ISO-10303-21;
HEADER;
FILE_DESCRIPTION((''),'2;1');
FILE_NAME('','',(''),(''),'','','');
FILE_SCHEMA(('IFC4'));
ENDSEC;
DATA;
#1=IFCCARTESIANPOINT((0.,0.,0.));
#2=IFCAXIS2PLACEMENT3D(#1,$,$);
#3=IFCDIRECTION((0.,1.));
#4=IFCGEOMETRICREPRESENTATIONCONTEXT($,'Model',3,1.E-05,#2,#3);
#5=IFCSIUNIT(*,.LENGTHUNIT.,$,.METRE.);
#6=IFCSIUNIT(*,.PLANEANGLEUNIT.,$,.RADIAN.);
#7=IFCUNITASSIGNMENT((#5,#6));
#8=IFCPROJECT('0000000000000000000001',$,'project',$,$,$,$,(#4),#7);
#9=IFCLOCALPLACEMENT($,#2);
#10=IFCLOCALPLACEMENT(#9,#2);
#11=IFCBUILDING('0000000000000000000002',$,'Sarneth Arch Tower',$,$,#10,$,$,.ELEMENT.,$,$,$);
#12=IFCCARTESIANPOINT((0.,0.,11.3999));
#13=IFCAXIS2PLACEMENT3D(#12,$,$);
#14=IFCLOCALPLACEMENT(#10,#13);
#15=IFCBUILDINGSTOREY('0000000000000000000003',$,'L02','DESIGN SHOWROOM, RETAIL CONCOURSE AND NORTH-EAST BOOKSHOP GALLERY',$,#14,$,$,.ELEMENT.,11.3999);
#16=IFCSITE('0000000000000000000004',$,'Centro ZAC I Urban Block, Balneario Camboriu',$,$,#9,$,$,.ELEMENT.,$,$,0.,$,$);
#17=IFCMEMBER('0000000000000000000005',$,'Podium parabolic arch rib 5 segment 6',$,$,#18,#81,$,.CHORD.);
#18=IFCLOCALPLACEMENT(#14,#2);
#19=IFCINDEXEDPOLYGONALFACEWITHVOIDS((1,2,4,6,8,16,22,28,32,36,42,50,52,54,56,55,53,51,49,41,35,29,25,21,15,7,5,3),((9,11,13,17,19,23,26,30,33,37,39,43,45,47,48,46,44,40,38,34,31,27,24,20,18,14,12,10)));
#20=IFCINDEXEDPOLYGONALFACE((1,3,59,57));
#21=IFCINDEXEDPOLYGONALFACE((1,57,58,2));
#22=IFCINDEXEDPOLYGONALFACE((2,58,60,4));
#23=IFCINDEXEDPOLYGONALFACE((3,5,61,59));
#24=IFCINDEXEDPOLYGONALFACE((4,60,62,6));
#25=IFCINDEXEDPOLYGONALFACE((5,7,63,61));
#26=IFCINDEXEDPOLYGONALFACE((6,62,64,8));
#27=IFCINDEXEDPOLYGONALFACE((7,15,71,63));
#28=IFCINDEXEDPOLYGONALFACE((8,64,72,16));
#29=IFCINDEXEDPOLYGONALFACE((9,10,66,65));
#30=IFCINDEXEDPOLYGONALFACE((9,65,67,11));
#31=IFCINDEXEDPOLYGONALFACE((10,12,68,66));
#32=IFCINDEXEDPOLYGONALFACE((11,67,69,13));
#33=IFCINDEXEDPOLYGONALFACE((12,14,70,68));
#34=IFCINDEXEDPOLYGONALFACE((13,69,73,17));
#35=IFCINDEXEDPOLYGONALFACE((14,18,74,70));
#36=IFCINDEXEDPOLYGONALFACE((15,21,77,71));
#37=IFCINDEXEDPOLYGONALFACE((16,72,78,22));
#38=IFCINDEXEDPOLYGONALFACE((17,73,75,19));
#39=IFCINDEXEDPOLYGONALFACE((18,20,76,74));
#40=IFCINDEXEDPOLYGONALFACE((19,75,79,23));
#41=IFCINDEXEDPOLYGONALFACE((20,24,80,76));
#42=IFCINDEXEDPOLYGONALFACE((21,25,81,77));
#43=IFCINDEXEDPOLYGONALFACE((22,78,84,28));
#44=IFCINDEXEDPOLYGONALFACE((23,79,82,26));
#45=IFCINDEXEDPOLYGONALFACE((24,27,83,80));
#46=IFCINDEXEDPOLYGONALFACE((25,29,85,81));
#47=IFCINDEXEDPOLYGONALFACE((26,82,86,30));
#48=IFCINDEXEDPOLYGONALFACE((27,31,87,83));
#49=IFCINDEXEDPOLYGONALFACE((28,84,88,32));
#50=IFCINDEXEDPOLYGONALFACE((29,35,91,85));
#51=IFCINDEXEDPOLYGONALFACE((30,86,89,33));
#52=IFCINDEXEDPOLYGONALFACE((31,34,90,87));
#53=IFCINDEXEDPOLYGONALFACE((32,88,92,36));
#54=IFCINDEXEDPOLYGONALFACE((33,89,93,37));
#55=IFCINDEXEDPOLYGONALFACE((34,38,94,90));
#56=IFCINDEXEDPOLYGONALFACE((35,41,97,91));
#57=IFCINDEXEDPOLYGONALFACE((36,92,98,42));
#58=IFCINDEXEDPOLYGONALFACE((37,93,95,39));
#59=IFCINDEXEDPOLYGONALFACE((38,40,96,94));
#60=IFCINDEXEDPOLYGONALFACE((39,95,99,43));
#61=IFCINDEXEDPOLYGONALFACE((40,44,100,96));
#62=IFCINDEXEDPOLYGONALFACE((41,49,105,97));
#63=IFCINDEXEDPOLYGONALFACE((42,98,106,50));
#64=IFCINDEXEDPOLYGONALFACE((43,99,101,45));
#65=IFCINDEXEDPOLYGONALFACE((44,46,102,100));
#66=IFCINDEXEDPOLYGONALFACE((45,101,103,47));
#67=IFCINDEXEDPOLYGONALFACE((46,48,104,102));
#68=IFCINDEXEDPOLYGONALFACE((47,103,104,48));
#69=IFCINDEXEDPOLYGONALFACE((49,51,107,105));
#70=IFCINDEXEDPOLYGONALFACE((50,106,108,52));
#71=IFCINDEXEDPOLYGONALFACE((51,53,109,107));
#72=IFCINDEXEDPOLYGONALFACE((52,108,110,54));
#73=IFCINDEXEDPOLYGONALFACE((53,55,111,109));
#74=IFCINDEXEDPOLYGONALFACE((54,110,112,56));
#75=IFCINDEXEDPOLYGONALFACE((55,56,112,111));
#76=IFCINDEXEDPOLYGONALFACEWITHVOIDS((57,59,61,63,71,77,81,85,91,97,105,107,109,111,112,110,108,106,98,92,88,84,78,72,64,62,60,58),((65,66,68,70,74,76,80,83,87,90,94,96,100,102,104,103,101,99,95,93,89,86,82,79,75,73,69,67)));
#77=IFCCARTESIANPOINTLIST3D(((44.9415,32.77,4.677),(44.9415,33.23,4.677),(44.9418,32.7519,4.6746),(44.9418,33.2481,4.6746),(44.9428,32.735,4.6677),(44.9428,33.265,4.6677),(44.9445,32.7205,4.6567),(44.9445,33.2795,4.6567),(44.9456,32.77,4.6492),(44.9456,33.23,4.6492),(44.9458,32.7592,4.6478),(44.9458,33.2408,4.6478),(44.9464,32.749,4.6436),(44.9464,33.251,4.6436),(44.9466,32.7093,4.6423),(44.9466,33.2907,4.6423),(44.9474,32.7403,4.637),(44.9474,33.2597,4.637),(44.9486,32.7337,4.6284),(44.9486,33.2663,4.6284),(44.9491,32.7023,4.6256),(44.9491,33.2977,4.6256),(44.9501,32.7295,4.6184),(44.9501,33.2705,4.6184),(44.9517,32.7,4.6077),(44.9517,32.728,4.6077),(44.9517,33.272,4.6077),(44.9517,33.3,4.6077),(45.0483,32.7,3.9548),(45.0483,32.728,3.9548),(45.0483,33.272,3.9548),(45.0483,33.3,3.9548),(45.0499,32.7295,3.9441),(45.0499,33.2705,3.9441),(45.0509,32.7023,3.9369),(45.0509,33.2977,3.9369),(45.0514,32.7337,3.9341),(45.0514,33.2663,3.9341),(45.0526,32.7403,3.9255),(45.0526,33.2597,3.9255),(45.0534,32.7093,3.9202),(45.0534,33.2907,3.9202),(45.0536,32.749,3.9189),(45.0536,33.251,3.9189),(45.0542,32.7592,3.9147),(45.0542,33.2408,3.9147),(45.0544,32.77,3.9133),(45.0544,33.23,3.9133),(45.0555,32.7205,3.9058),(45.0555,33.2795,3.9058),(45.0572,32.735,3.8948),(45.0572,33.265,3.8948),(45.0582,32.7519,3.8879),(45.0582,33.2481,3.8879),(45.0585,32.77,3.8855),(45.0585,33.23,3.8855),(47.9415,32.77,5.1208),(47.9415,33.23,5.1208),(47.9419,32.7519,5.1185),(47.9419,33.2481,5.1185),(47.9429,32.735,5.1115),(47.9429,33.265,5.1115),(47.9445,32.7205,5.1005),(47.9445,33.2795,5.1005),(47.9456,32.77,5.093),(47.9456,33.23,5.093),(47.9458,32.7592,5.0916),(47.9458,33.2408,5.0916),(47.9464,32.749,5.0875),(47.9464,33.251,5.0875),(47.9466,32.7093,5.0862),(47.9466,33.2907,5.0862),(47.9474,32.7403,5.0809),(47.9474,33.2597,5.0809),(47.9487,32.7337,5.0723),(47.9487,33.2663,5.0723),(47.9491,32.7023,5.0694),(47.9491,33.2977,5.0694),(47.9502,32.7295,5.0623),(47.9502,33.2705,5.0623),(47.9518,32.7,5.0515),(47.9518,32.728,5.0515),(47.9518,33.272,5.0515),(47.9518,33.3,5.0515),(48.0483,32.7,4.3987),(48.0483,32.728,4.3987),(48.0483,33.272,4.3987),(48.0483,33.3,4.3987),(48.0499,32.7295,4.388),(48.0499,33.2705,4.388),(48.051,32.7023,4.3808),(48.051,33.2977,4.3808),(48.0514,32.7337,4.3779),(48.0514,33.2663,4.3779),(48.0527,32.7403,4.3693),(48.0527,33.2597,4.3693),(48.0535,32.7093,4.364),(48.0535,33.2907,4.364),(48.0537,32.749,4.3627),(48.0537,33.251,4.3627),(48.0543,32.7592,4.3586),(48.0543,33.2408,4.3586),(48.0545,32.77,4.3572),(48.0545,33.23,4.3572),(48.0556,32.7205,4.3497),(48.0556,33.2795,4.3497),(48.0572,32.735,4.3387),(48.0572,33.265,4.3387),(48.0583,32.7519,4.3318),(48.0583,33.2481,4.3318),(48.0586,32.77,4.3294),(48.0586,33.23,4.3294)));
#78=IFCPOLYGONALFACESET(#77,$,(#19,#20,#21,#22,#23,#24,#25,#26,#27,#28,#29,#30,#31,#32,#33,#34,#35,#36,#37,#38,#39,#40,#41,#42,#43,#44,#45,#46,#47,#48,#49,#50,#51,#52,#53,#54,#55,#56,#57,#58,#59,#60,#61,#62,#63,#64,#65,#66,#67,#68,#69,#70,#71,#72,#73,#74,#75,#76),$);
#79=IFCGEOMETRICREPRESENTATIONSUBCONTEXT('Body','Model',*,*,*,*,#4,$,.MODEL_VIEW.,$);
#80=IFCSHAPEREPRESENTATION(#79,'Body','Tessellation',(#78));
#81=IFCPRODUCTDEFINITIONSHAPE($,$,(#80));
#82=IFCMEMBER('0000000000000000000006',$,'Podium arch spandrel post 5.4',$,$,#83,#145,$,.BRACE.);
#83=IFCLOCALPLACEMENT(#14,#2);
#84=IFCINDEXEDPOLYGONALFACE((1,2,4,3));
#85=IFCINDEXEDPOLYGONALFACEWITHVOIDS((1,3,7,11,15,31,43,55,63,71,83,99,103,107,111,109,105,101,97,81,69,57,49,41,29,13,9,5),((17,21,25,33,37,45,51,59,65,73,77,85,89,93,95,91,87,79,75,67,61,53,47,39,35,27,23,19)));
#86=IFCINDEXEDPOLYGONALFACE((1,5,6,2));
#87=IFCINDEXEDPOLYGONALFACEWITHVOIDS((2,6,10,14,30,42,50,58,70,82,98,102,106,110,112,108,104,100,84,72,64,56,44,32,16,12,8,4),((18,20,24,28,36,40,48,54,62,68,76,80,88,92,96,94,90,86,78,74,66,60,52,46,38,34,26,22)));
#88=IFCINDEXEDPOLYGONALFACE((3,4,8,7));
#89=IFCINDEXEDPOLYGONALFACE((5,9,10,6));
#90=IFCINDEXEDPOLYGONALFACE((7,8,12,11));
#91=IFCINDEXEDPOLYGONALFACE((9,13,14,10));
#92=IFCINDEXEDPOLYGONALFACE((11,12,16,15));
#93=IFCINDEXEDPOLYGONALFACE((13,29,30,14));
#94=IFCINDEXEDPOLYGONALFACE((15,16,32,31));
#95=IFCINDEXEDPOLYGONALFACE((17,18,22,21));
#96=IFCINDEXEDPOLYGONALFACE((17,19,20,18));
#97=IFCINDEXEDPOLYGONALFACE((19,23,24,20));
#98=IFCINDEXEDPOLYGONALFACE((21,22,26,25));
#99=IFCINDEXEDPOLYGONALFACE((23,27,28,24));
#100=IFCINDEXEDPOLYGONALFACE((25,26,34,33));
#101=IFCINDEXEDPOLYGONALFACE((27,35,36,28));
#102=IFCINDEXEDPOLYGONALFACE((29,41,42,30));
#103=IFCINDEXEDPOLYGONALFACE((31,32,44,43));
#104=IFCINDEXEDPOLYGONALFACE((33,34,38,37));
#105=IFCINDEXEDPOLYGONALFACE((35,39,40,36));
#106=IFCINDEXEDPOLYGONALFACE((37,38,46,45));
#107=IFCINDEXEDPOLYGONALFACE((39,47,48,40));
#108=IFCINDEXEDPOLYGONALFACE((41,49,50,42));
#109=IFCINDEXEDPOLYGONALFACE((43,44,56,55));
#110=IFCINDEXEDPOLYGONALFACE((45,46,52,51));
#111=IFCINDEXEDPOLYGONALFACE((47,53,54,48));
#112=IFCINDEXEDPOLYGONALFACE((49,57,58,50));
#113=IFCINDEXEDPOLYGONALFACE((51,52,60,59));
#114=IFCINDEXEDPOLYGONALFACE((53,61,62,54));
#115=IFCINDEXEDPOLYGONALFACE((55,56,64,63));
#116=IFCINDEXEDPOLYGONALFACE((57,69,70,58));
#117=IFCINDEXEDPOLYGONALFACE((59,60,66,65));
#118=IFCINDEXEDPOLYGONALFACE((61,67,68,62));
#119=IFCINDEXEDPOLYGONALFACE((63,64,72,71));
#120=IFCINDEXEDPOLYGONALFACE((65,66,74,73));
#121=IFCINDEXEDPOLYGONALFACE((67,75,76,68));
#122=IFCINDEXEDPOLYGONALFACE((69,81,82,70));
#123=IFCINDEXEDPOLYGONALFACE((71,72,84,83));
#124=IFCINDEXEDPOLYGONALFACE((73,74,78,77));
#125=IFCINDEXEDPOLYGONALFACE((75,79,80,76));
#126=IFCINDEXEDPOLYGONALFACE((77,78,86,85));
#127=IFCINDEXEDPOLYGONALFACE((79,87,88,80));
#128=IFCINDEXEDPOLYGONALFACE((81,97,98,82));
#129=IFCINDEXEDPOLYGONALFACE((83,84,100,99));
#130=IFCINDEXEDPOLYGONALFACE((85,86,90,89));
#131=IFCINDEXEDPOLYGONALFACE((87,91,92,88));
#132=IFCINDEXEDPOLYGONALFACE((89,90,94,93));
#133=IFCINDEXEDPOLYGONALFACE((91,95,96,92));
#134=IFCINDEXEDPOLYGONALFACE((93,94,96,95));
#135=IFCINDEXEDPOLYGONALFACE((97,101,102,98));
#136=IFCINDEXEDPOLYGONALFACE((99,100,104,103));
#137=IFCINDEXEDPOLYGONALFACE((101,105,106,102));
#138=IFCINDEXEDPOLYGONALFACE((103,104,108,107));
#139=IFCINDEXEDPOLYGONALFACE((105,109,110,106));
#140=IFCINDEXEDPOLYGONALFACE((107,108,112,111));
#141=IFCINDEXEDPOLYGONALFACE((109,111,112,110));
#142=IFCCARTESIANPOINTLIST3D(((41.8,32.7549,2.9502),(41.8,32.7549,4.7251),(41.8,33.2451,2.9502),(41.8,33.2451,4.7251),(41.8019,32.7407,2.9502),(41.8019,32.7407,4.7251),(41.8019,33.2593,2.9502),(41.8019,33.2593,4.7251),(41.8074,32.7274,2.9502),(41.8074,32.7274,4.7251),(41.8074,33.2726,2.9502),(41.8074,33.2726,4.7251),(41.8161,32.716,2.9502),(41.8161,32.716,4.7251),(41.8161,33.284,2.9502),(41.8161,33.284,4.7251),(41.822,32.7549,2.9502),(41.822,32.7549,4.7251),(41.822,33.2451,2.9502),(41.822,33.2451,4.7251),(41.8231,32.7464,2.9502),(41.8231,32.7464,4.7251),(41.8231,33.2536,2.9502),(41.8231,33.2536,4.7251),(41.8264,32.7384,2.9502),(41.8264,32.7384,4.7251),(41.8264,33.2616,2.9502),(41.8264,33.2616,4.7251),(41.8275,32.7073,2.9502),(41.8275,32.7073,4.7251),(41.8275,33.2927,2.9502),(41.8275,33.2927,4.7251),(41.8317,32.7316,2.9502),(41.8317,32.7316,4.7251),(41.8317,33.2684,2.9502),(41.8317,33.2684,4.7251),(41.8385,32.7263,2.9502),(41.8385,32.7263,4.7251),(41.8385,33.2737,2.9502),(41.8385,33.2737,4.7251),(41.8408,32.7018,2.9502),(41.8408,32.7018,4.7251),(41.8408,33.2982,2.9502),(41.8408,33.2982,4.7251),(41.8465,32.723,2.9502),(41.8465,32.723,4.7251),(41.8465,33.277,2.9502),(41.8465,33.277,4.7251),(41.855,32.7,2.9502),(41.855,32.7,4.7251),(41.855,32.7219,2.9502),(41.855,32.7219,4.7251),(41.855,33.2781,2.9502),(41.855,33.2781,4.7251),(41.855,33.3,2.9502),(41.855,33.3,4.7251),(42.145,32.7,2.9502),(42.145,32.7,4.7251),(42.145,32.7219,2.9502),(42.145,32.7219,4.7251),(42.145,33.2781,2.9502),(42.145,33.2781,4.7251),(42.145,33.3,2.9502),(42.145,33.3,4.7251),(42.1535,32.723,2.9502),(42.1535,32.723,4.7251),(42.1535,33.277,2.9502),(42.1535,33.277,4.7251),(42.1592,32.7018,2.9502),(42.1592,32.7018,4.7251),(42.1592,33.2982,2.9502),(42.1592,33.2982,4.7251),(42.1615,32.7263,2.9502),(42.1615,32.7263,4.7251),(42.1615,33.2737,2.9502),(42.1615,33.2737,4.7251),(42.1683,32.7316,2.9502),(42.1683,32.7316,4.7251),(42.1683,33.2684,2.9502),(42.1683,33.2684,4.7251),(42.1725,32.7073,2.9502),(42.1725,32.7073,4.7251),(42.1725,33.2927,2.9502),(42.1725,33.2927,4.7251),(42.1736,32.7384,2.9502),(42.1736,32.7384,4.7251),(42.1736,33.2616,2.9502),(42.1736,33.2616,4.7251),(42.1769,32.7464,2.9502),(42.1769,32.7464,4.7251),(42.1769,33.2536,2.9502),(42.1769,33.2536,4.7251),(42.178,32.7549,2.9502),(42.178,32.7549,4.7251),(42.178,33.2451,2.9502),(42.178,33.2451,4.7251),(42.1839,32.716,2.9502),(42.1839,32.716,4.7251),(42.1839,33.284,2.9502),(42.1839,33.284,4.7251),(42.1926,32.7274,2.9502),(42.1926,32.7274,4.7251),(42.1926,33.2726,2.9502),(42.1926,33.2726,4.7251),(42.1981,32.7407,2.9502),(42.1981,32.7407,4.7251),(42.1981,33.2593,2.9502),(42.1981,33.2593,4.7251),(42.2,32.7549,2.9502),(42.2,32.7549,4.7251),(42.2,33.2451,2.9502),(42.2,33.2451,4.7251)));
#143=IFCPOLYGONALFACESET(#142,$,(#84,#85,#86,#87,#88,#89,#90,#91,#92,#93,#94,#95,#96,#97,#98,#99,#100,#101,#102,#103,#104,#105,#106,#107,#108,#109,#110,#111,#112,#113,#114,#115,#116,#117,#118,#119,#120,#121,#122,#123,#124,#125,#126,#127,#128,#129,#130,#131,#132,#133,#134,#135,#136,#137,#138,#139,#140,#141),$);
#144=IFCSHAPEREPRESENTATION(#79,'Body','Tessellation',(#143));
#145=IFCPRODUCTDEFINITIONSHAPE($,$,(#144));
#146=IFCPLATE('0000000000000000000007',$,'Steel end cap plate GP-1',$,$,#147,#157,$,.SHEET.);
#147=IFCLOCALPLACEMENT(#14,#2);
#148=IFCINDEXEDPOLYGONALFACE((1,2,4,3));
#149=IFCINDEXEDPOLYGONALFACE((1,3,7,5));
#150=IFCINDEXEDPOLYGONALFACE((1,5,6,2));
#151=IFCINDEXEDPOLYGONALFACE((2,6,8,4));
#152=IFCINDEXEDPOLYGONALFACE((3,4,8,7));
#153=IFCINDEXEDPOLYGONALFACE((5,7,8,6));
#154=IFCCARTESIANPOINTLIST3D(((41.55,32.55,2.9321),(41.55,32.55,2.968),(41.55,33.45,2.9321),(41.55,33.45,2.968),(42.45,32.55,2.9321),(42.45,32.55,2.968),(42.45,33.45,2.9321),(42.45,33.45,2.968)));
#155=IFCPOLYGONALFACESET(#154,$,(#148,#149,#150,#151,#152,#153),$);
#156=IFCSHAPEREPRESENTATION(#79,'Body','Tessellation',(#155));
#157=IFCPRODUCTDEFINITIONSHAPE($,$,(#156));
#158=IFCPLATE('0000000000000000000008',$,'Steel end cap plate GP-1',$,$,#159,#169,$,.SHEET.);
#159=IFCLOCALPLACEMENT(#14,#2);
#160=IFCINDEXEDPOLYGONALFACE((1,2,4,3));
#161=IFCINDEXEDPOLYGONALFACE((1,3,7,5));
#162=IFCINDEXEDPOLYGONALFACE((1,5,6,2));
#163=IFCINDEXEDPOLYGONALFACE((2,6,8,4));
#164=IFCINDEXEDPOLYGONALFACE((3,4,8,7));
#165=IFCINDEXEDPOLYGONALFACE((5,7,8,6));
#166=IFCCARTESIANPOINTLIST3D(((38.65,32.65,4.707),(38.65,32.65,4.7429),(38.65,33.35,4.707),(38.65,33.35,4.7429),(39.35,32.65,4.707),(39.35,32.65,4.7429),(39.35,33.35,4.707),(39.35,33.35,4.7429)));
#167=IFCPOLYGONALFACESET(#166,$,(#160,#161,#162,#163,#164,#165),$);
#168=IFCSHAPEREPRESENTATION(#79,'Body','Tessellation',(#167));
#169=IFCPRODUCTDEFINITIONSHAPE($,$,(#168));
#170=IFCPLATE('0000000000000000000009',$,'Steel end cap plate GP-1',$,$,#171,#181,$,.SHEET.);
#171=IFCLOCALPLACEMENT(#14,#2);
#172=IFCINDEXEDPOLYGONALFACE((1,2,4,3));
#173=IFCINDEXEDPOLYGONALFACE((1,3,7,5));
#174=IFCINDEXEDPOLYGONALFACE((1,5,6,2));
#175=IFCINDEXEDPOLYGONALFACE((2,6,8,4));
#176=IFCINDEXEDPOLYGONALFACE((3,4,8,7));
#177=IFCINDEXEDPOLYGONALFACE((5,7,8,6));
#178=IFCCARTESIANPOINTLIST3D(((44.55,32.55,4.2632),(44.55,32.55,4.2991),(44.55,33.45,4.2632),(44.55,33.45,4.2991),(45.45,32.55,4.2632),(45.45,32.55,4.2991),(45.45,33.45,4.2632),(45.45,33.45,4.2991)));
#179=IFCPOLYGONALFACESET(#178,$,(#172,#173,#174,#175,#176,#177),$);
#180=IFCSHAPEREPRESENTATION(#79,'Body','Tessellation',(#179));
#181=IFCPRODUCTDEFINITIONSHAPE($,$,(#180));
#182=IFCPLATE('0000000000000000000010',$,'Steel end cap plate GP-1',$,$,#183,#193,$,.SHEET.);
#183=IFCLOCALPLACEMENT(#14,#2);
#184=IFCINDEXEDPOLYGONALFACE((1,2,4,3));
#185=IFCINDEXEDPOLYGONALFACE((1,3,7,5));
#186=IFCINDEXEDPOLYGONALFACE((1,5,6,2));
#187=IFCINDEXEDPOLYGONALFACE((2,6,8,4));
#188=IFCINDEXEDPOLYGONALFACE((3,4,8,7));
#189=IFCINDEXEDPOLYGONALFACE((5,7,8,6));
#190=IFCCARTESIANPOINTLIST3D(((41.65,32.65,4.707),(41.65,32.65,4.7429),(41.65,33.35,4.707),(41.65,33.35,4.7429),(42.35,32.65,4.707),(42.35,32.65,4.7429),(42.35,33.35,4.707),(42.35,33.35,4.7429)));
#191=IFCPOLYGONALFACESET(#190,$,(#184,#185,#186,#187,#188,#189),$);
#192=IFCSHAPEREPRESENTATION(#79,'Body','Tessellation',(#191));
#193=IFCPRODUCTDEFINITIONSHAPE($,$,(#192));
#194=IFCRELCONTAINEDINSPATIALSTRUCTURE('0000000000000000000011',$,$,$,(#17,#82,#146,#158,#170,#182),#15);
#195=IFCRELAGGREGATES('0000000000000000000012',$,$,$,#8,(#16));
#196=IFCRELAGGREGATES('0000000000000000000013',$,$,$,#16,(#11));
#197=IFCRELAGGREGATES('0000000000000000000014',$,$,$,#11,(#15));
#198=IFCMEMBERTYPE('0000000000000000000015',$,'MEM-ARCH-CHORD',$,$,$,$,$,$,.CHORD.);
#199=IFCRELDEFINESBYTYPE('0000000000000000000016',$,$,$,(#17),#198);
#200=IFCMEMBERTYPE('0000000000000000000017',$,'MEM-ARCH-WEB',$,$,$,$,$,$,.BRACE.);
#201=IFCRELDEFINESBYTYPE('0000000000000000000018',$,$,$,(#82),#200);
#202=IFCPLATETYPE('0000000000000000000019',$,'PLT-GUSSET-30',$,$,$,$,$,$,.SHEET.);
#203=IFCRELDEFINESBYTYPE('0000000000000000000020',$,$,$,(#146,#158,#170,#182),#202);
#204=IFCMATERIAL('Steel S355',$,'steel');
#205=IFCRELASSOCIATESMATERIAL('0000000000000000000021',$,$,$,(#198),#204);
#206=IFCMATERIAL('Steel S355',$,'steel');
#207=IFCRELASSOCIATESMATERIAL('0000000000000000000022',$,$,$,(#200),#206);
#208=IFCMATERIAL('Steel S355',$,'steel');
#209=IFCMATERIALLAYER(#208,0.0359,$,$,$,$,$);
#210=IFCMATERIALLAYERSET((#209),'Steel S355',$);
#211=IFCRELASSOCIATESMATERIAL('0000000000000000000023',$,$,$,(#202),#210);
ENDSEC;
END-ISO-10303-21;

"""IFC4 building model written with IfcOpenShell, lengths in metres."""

from ifc_helpers import new_model, si_unit, direction, frame, origin, origin_2d, place, context, subcontext, project, spatial, rectangle, hollow_rectangle, extrude, material, layer, layer_set, material_profile, profile_set, type_object, element, save


model = new_model("IFC4")

# Units and contexts
model_context = context("Model", 3, precision=1e-05, world=origin(), true_north=direction((0.0, 1.0)))
body_context = subcontext(model_context, "Body", "Model", "MODEL_VIEW")
ifc_project = project(units=[si_unit("LENGTHUNIT", "METRE"), si_unit("PLANEANGLEUNIT", "RADIAN")], contexts=[model_context])

# Site, building, storey
site_placement = place(None, origin())
site = spatial("IfcSite", under=ifc_project, at=site_placement, Name="Centro ZAC I Urban Block, Balneario Camboriu", CompositionType="ELEMENT", RefElevation=0.0)
building_placement = place(site_placement, origin())
building = spatial("IfcBuilding", under=site, at=building_placement, Name="Sarneth Arch Tower", CompositionType="ELEMENT")
storey_placement = place(building_placement, frame((0.0, 0.0, 11.3999)))
storey = spatial("IfcBuildingStorey", under=building, at=storey_placement, Name="L02", Description="DESIGN SHOWROOM, RETAIL CONCOURSE AND NORTH-EAST BOOKSHOP GALLERY", CompositionType="ELEMENT", Elevation=11.3999)

# Members
ifc_material_1 = material(Name="Steel S355", Category="steel")
ifc_material_profile_1 = material_profile(ifc_material_1, hollow_rectangle(XDim=0.6001, YDim=0.8, WallThickness=0.0281, InnerFilletRadius=0.042, OuterFilletRadius=0.0701, at=origin_2d()), Name="RHS800x600x28")
ifc_profile_set_1 = profile_set([ifc_material_profile_1], Name="Steel S355")
member_type_1 = type_object("IfcMemberType", Name="MEM-ARCH-CHORD", PredefinedType="CHORD", material=ifc_profile_set_1)
member_1_placement = place(storey_placement, frame((45.0, 33.0, 4.2812), z_axis=(0.989232, 0.0, 0.146356), x_axis=(0.0, 1.0, 0.0)))
element("IfcMember", 1, at=member_1_placement, inside=storey, type_object=member_type_1, Name="Podium parabolic arch rib 5 segment 6", PredefinedType="CHORD", context=body_context, shape_type="SweptSolid", body=[
    extrude(hollow_rectangle(XDim=0.6001, YDim=0.8, WallThickness=0.0281, InnerFilletRadius=0.042, OuterFilletRadius=0.0701, at=origin_2d()), origin(), (0.0, 0.0, 1.0), 3.0327),
])
ifc_material_2 = material(Name="Steel S355", Category="steel")
ifc_material_profile_2 = material_profile(ifc_material_2, hollow_rectangle(XDim=0.3999, YDim=0.6001, WallThickness=0.022, InnerFilletRadius=0.033, OuterFilletRadius=0.0549, at=origin_2d()), Name="RHS600x400x22")
ifc_profile_set_2 = profile_set([ifc_material_profile_2], Name="Steel S355")
member_type_2 = type_object("IfcMemberType", Name="MEM-ARCH-WEB", PredefinedType="BRACE", material=ifc_profile_set_2)
member_2_placement = place(storey_placement, frame((42.0, 33.0, 2.9502), z_axis=(0.0, 0.0, 1.0), x_axis=(1.0, 0.0, 0.0)))
element("IfcMember", 2, at=member_2_placement, inside=storey, type_object=member_type_2, Name="Podium arch spandrel post 5.4", PredefinedType="BRACE", context=body_context, shape_type="SweptSolid", body=[
    extrude(hollow_rectangle(XDim=0.3999, YDim=0.6001, WallThickness=0.022, InnerFilletRadius=0.033, OuterFilletRadius=0.0549, at=origin_2d()), origin(), (0.0, 0.0, 1.0), 1.7749),
])

# Plates
ifc_material_3 = material(Name="Steel S355", Category="steel")
ifc_layer_1 = layer(ifc_material_3, 0.0359)
ifc_layer_set_1 = layer_set([ifc_layer_1], Name="Steel S355")
plate_type = type_object("IfcPlateType", Name="PLT-GUSSET-30", PredefinedType="SHEET", material=ifc_layer_set_1)
plate_1_placement = place(storey_placement, frame((42.0, 33.0, 2.9321), z_axis=(0.0, 0.0, 1.0), x_axis=(-1.0, 0.0, 0.0)))
element("IfcPlate", 3, at=plate_1_placement, inside=storey, type_object=plate_type, Name="Steel end cap plate GP-1", PredefinedType="SHEET", context=body_context, shape_type="SweptSolid", body=[
    extrude(rectangle(XDim=0.8999, YDim=0.8999, at=origin_2d()), origin(), (0.0, 0.0, 1.0), 0.0359),
])
plate_2_placement = place(storey_placement, frame((39.0, 33.0, 4.707), z_axis=(0.0, 0.0, 1.0), x_axis=(1.0, 0.0, 0.0)))
element("IfcPlate", 4, at=plate_2_placement, inside=storey, type_object=plate_type, Name="Steel end cap plate GP-1", PredefinedType="SHEET", context=body_context, shape_type="SweptSolid", body=[
    extrude(rectangle(XDim=0.7, YDim=0.7, at=origin_2d()), origin(), (0.0, 0.0, 1.0), 0.0359),
])
plate_3_placement = place(storey_placement, frame((45.0, 33.0, 4.2632), z_axis=(0.0, 0.0, 1.0), x_axis=(-1.0, 0.0, 0.0)))
element("IfcPlate", 5, at=plate_3_placement, inside=storey, type_object=plate_type, Name="Steel end cap plate GP-1", PredefinedType="SHEET", context=body_context, shape_type="SweptSolid", body=[
    extrude(rectangle(XDim=0.8999, YDim=0.8999, at=origin_2d()), origin(), (0.0, 0.0, 1.0), 0.0359),
])
plate_4_placement = place(storey_placement, frame((42.0, 33.0, 4.707), z_axis=(0.0, 0.0, 1.0), x_axis=(1.0, 0.0, 0.0)))
element("IfcPlate", 6, at=plate_4_placement, inside=storey, type_object=plate_type, Name="Steel end cap plate GP-1", PredefinedType="SHEET", context=body_context, shape_type="SweptSolid", body=[
    extrude(rectangle(XDim=0.7, YDim=0.7, at=origin_2d()), origin(), (0.0, 0.0, 1.0), 0.0359),
])

save(model, "model.ifc")
